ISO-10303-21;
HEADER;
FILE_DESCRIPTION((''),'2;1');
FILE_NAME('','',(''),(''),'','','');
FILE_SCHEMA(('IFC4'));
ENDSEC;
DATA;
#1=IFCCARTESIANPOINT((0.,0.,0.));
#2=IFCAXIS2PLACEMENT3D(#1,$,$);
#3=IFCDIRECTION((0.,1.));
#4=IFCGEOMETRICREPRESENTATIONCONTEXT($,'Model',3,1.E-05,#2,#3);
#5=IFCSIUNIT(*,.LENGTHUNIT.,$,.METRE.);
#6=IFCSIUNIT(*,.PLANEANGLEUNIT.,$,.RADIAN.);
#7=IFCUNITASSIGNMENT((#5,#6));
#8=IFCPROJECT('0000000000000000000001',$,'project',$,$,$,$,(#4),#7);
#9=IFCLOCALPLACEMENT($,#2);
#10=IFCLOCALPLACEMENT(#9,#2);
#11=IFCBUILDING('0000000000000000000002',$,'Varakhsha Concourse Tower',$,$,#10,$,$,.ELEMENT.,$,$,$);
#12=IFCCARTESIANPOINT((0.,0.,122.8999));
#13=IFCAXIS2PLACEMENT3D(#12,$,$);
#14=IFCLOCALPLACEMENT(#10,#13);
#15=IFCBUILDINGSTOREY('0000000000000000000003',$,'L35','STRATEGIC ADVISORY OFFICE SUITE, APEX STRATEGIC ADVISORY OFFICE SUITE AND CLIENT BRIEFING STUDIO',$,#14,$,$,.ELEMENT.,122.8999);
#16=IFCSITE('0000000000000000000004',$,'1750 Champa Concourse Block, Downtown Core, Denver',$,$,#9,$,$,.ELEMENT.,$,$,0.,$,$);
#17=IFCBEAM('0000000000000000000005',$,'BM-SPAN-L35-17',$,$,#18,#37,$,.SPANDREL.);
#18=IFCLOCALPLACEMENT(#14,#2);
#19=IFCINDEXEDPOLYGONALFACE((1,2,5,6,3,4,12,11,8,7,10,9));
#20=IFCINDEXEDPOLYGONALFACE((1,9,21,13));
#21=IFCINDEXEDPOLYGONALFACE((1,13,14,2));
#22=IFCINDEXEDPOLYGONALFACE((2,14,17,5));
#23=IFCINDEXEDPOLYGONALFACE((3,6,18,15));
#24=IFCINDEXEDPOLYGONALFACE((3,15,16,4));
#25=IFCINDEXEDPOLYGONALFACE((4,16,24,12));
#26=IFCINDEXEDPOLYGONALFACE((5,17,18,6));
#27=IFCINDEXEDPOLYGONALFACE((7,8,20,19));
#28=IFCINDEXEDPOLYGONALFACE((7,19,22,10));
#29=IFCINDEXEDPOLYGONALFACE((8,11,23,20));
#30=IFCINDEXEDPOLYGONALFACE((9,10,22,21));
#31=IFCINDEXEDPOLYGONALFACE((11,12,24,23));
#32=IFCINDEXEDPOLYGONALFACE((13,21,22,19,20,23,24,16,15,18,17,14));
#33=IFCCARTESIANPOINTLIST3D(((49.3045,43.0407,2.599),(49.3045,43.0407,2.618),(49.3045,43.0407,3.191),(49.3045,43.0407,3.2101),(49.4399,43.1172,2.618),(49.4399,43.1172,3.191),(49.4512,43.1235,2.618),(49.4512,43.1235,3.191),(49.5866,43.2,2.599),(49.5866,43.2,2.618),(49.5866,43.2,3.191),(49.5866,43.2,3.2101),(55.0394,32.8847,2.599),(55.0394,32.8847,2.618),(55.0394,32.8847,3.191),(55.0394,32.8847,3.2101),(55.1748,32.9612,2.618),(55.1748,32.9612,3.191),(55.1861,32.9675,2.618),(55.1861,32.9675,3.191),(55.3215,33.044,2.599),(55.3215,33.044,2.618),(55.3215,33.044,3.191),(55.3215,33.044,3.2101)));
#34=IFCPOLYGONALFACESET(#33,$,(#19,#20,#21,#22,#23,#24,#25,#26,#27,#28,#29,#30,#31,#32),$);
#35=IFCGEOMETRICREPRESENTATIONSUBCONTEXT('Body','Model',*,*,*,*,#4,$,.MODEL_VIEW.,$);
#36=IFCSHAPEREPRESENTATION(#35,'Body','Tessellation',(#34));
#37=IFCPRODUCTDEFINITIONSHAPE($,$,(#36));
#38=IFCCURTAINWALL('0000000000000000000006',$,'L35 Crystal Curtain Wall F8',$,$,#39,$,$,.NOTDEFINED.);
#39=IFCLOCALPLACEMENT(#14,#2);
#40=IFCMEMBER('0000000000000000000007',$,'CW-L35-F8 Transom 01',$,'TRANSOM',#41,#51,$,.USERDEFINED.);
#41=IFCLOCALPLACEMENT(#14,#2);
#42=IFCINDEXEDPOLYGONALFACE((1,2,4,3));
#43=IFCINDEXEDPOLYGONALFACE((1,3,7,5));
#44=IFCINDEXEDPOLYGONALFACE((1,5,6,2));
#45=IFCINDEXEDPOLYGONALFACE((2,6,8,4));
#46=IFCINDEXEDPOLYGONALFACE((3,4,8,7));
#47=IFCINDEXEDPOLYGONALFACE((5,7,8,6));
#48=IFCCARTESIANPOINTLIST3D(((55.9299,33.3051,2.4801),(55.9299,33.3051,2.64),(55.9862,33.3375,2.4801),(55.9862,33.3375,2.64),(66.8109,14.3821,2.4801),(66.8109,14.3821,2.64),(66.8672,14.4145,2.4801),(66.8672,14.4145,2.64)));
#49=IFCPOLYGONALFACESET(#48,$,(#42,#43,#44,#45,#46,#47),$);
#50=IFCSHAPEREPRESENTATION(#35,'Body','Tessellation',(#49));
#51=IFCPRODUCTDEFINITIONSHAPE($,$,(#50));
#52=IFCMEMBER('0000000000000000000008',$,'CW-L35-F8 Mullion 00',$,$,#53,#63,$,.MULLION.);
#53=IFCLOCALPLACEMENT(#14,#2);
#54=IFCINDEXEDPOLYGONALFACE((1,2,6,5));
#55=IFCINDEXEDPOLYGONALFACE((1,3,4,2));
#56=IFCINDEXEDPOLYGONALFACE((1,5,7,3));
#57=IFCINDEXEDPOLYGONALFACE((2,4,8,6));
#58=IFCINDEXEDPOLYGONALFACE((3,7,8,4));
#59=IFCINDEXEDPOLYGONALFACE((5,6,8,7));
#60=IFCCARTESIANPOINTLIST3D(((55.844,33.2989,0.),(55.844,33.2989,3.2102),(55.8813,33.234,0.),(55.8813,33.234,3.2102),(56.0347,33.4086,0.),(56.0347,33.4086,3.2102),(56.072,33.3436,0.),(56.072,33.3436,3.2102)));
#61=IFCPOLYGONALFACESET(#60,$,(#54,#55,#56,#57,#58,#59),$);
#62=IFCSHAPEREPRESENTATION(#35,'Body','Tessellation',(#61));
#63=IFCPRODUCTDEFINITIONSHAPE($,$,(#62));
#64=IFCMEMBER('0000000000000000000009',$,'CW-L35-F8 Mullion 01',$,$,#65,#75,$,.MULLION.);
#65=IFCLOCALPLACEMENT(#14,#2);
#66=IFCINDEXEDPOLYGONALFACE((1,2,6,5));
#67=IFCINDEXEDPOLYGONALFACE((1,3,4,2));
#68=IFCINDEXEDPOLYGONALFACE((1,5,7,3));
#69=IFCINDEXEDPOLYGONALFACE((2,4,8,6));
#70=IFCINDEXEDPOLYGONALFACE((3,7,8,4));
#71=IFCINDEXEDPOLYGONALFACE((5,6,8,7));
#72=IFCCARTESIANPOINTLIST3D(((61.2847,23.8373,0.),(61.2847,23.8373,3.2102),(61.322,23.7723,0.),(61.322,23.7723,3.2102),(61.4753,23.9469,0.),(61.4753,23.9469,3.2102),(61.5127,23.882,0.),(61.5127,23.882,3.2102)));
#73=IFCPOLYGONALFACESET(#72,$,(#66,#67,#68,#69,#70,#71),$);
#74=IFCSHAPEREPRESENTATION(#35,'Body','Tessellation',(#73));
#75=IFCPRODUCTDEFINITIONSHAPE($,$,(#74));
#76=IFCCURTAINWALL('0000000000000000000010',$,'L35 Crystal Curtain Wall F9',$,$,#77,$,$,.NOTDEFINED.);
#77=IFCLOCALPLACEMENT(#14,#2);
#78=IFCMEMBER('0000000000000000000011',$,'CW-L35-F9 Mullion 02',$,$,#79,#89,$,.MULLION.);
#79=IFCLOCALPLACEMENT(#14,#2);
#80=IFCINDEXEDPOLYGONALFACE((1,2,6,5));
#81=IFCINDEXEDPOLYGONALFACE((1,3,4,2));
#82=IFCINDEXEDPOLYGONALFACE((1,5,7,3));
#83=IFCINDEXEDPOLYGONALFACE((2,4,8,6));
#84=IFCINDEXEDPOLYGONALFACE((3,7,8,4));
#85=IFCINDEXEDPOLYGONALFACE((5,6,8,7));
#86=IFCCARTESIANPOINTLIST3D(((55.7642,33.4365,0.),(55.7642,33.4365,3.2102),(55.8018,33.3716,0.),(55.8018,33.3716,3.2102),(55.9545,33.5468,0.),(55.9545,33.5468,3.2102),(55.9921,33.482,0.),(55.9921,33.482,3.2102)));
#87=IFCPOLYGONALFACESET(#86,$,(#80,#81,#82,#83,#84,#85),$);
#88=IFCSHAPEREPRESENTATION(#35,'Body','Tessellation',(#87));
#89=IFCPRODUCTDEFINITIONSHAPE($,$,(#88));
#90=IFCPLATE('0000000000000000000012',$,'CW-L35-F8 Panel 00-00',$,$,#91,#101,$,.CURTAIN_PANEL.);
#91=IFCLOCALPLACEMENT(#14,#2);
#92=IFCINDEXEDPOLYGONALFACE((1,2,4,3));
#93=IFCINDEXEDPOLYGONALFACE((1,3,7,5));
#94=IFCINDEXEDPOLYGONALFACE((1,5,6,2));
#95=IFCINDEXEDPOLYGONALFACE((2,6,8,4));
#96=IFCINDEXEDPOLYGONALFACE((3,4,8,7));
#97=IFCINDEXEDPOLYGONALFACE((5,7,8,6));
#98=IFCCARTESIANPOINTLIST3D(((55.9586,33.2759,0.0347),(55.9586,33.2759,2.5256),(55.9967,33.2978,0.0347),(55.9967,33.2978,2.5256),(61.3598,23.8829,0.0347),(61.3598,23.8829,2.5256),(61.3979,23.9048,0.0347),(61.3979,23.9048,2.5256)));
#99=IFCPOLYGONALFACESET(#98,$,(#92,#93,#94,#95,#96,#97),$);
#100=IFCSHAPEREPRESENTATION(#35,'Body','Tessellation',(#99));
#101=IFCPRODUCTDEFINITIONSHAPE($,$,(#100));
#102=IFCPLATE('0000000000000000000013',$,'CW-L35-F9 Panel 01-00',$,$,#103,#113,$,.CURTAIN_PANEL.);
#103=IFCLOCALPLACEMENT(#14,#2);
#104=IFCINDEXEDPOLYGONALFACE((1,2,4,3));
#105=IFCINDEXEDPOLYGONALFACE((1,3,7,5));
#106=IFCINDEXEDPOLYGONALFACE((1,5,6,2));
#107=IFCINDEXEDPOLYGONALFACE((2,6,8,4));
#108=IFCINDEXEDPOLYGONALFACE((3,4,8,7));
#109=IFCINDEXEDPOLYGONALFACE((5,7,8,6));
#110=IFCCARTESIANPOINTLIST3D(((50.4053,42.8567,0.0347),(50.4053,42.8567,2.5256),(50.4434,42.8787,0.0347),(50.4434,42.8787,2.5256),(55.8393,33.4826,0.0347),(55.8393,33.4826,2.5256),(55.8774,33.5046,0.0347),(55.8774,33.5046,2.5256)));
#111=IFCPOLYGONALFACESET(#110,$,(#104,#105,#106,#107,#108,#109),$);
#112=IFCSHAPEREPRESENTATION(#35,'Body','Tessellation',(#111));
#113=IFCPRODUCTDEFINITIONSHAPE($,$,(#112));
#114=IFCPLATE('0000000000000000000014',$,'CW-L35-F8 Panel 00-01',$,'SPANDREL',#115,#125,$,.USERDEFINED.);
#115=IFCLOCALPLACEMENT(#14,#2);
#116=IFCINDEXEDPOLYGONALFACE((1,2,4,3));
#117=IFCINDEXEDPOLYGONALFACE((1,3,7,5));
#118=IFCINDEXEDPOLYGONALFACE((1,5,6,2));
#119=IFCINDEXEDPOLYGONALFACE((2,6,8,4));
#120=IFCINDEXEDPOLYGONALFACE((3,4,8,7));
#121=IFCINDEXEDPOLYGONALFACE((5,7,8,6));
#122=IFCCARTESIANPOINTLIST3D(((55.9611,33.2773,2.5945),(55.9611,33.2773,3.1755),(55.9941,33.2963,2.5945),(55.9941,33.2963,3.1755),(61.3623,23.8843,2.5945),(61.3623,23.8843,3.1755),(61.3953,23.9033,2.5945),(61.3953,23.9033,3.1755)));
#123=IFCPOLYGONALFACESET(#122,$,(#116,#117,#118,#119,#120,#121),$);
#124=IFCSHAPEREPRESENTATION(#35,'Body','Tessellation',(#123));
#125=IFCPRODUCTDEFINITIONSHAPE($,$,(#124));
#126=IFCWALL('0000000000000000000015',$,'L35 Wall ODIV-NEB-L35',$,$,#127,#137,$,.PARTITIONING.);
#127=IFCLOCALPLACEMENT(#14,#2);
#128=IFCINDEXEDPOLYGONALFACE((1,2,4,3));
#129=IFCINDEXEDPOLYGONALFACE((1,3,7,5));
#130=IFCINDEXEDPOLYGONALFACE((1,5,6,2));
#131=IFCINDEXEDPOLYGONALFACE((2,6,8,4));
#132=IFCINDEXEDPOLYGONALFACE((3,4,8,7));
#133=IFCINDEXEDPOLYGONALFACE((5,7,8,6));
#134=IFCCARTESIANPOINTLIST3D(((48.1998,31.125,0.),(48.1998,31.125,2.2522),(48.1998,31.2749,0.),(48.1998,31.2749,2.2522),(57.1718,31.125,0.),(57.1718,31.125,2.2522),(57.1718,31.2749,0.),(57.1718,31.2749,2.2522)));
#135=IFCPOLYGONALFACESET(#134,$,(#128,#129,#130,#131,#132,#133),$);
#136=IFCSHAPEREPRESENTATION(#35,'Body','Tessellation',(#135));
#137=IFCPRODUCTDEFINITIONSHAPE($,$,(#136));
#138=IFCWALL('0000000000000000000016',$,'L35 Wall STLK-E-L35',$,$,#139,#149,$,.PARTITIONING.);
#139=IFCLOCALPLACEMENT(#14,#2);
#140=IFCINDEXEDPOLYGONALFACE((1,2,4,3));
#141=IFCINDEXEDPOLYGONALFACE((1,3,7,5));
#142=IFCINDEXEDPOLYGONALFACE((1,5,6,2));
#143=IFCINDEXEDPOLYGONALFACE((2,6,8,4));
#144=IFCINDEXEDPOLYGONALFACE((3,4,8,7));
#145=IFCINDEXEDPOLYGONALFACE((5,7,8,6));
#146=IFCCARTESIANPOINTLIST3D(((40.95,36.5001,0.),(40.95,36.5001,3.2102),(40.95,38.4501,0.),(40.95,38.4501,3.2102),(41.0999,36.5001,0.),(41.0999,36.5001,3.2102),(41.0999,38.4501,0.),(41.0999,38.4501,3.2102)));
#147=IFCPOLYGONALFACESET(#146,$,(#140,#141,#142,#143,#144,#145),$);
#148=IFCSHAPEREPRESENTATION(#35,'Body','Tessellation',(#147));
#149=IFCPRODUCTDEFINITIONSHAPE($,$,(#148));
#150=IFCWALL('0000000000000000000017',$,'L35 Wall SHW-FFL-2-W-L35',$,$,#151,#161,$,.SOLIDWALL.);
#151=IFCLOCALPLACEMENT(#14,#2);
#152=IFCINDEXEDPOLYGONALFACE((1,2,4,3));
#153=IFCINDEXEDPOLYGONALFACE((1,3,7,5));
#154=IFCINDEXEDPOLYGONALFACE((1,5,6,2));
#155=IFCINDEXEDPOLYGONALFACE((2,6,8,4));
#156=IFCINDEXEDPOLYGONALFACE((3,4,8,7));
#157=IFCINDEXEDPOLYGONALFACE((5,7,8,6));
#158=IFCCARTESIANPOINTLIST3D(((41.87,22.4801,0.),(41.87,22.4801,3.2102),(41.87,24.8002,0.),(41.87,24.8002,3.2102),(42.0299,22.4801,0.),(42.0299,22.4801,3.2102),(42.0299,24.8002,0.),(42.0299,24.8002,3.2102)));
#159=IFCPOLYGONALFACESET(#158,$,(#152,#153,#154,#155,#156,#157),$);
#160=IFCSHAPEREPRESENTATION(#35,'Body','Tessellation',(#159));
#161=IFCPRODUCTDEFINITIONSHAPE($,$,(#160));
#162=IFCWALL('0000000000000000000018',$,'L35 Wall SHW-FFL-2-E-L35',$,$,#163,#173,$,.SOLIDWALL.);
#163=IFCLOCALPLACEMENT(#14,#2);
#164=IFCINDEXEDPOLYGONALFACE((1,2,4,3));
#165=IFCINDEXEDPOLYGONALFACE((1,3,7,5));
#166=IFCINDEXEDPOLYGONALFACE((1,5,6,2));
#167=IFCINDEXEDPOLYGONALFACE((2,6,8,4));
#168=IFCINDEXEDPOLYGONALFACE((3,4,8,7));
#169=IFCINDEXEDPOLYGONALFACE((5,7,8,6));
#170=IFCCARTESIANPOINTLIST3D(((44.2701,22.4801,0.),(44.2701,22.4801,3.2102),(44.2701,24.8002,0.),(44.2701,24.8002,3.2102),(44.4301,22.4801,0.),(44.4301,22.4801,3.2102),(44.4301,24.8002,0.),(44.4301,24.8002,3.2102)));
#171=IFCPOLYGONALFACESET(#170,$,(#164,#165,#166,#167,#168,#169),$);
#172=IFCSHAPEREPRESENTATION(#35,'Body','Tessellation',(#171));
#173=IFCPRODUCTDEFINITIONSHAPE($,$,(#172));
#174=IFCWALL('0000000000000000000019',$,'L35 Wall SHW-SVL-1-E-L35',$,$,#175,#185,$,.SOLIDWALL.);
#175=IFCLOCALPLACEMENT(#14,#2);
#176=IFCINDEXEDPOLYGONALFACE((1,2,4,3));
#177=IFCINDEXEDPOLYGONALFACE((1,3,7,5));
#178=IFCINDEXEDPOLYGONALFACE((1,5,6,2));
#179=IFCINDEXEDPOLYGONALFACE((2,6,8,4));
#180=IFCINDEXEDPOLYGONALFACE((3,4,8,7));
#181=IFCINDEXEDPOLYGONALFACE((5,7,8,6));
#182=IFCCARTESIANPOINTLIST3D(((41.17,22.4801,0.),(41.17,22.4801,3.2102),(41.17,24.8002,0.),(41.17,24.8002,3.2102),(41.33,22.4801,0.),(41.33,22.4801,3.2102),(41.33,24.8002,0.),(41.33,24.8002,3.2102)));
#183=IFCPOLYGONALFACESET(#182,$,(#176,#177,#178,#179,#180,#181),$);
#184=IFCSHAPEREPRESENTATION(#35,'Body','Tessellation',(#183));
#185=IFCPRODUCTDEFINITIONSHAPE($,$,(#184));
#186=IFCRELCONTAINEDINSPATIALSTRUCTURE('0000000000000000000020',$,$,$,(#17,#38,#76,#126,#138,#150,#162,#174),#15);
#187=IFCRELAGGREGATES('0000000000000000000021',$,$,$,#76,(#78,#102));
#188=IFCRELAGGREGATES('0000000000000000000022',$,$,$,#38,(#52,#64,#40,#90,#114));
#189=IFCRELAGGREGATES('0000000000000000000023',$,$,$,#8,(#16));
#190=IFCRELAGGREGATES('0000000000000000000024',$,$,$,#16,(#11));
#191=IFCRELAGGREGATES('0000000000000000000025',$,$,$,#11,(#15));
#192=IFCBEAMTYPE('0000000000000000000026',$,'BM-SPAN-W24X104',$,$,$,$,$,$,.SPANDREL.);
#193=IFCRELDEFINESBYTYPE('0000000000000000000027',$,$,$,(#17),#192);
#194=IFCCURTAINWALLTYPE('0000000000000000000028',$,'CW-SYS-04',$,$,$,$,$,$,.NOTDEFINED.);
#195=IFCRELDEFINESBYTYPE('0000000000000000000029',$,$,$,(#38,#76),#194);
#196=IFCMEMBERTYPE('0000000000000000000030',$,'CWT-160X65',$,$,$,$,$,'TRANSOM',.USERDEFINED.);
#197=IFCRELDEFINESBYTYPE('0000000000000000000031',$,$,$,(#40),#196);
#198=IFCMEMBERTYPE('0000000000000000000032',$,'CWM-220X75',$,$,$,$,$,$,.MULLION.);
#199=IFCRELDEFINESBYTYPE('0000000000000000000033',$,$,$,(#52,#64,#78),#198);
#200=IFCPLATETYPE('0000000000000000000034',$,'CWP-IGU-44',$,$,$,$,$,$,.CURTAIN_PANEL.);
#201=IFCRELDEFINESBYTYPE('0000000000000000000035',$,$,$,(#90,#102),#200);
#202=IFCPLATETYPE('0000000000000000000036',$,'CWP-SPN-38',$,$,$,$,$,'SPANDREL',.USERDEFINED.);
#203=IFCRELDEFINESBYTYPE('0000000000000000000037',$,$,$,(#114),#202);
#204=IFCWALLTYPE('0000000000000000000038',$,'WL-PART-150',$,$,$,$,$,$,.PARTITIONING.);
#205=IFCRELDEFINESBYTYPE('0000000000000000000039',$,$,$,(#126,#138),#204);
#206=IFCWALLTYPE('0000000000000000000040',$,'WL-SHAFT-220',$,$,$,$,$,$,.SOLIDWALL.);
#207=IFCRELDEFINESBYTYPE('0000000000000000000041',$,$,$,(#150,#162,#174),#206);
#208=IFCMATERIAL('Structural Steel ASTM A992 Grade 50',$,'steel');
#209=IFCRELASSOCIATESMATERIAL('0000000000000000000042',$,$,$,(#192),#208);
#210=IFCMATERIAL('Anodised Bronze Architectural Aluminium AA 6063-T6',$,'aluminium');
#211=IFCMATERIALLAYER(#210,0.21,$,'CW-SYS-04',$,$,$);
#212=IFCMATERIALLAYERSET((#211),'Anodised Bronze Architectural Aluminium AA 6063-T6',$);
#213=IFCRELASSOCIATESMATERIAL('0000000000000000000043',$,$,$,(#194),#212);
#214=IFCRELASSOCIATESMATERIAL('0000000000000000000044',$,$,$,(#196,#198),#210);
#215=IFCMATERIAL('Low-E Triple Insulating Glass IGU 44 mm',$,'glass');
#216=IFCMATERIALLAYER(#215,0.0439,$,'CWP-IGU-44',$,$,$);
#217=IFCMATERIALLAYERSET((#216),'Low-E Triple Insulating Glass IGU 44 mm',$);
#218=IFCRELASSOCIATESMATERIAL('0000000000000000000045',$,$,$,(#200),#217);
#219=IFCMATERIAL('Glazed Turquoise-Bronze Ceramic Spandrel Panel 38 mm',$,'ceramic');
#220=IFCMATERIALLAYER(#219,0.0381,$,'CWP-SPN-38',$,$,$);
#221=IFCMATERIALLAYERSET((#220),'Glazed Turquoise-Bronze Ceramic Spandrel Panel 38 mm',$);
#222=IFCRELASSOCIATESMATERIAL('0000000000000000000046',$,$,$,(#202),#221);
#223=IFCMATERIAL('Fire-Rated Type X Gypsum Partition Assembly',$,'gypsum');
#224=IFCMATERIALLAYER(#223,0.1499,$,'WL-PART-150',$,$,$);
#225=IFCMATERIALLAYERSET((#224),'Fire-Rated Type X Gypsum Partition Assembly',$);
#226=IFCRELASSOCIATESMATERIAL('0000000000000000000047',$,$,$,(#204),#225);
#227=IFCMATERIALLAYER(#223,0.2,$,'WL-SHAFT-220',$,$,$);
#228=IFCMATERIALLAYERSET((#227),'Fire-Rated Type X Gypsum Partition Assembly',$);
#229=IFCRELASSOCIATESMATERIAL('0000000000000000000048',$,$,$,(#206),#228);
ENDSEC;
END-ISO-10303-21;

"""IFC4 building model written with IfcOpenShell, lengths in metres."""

from ifc_helpers import new_model, si_unit, direction, frame, frame_2d, origin, origin_2d, place, context, subcontext, project, spatial, rectangle, i_section, extrude, source, transform, mapped, material, layer, layer_set, material_profile, profile_set, type_object, type_shapes, element, aggregate, save


model = new_model("IFC4")

# Units and contexts
model_context = context("Model", 3, precision=1e-05, world=origin(), true_north=direction((0.0, 1.0)))
body_context = subcontext(model_context, "Body", "Model", "MODEL_VIEW")
ifc_project = project(units=[si_unit("LENGTHUNIT", "METRE"), si_unit("PLANEANGLEUNIT", "RADIAN")], contexts=[model_context])

# Site, building, storey
site_placement = place(None, origin())
site = spatial("IfcSite", under=ifc_project, at=site_placement, Name="1750 Champa Concourse Block, Downtown Core, Denver", CompositionType="ELEMENT", RefElevation=0.0)
building_placement = place(site_placement, origin())
building = spatial("IfcBuilding", under=site, at=building_placement, Name="Varakhsha Concourse Tower", CompositionType="ELEMENT")
storey_placement = place(building_placement, frame((0.0, 0.0, 122.8999)))
storey = spatial("IfcBuildingStorey", under=building, at=storey_placement, Name="L35", Description="STRATEGIC ADVISORY OFFICE SUITE, APEX STRATEGIC ADVISORY OFFICE SUITE AND CLIENT BRIEFING STUDIO", CompositionType="ELEMENT", Elevation=122.8999)

# Shared definitions
ifc_material_1 = material(Name="Structural Steel ASTM A992 Grade 50", Category="steel")

# Beam
ifc_material_profile_1 = material_profile(ifc_material_1, i_section(OverallWidth=0.324, OverallDepth=0.6111, WebThickness=0.0129, FlangeThickness=0.019, at=origin_2d()), Name="W24X104")
ifc_profile_set_1 = profile_set([ifc_material_profile_1], Name="Structural Steel ASTM A992 Grade 50")
beam_type_1 = type_object("IfcBeamType", Name="BM-SPAN-W24X104", PredefinedType="SPANDREL", material=ifc_profile_set_1)
for number, where, z_axis, x_axis, name in (
    (1, (55.1804, 32.9644, 2.9045), (-0.491701, 0.870764, 0.0), (-0.870764, -0.491701, 0.0), "BM-SPAN-L35-17"),
):
    element("IfcBeam", number, at=place(storey_placement, frame(where, z_axis=z_axis, x_axis=x_axis)), inside=storey, type_object=beam_type_1, Name=name, PredefinedType="SPANDREL", context=body_context, shape_type="SweptSolid", body=[
        extrude(i_section(OverallWidth=0.324, OverallDepth=0.6111, WebThickness=0.0129, FlangeThickness=0.019, at=origin_2d()), origin(), (0.0, 0.0, 1.0), 11.6633),
    ])

# Curtain wall, members
ifc_material_2 = material(Name="Anodised Bronze Architectural Aluminium AA 6063-T6", Category="aluminium")
ifc_layer_1 = layer(ifc_material_2, 0.21, Name="CW-SYS-04")
ifc_layer_set_1 = layer_set([ifc_layer_1], Name="Anodised Bronze Architectural Aluminium AA 6063-T6")
curtain_wall_type = type_object("IfcCurtainWallType", Name="CW-SYS-04", PredefinedType="NOTDEFINED", material=ifc_layer_set_1)
curtain_wall_1_placement = place(storey_placement, origin())
curtain_wall_1 = element("IfcCurtainWall", 2, at=curtain_wall_1_placement, inside=storey, type_object=curtain_wall_type, Name="L35 Crystal Curtain Wall F8", PredefinedType="NOTDEFINED")
ifc_material_profile_2 = material_profile(ifc_material_2, rectangle(XDim=0.0649, YDim=0.1599, at=origin_2d()), Name="CWT-160X65")
ifc_profile_set_2 = profile_set([ifc_material_profile_2], Name="Anodised Bronze Architectural Aluminium AA 6063-T6")
member_type_1 = type_object("IfcMemberType", Name="CWT-160X65", ElementType="TRANSOM", PredefinedType="USERDEFINED", material=ifc_profile_set_2)
shared_shape_1 = source(origin(), body_context, "Body", "SweptSolid", [
    extrude(rectangle(XDim=0.0649, YDim=0.1599, at=origin_2d()), origin(), (0.0, 0.0, 1.0), 21.8284),
])
type_shapes(member_type_1, [shared_shape_1])
member_1_placement = place(storey_placement, frame((55.958, 33.3213, 2.5601), z_axis=(0.498482, -0.8669, 0.0), x_axis=(0.8669, 0.498482, 0.0)))
member_1 = element("IfcMember", 3, at=member_1_placement, type_object=member_type_1, Name="CW-L35-F8 Transom 01", ObjectType="TRANSOM", PredefinedType="USERDEFINED", context=body_context, shape_type="MappedRepresentation", body=[
    mapped(shared_shape_1, transform((0.0, 0.0, 0.0), scale=1.0)),
])
ifc_material_profile_3 = material_profile(ifc_material_2, rectangle(XDim=0.075, YDim=0.22, at=origin_2d()), Name="CWM-220X75")
ifc_profile_set_3 = profile_set([ifc_material_profile_3], Name="Anodised Bronze Architectural Aluminium AA 6063-T6")
member_type_2 = type_object("IfcMemberType", Name="CWM-220X75", PredefinedType="MULLION", material=ifc_profile_set_3)
shared_shape_2 = source(origin(), body_context, "Body", "SweptSolid", [
    extrude(rectangle(XDim=0.075, YDim=0.22, at=origin_2d()), origin(), (0.0, 0.0, 1.0), 3.2102),
])
type_shapes(member_type_2, [shared_shape_2])
member_2_placement = place(storey_placement, frame((55.958, 33.3213, 0.0), z_axis=(0.0, 0.0, 1.0), x_axis=(0.498489, -0.866896, 0.0)))
member_2 = element("IfcMember", 4, at=member_2_placement, type_object=member_type_2, Name="CW-L35-F8 Mullion 00", PredefinedType="MULLION", context=body_context, shape_type="MappedRepresentation", body=[
    mapped(shared_shape_2, transform((0.0, 0.0, 0.0), scale=1.0)),
])
member_3_placement = place(storey_placement, frame((61.3987, 23.8596, 0.0), z_axis=(0.0, 0.0, 1.0), x_axis=(0.498489, -0.866896, 0.0)))
member_3 = element("IfcMember", 5, at=member_3_placement, type_object=member_type_2, Name="CW-L35-F8 Mullion 01", PredefinedType="MULLION", context=body_context, shape_type="MappedRepresentation", body=[
    mapped(shared_shape_2, transform((0.0, 0.0, 0.0), scale=1.0)),
])

# Curtain wall, member
curtain_wall_2_placement = place(storey_placement, origin())
curtain_wall_2 = element("IfcCurtainWall", 6, at=curtain_wall_2_placement, inside=storey, type_object=curtain_wall_type, Name="L35 Crystal Curtain Wall F9", PredefinedType="NOTDEFINED")
member_4_placement = place(storey_placement, frame((55.8782, 33.4592, 0.0), z_axis=(0.0, 0.0, 1.0), x_axis=(0.501514, -0.86515, 0.0)))
member_4 = element("IfcMember", 7, at=member_4_placement, type_object=member_type_2, Name="CW-L35-F9 Mullion 02", PredefinedType="MULLION", context=body_context, shape_type="MappedRepresentation", body=[
    mapped(shared_shape_2, transform((0.0, 0.0, 0.0), scale=1.0)),
])

# Plates
ifc_material_3 = material(Name="Low-E Triple Insulating Glass IGU 44 mm", Category="glass")
ifc_layer_2 = layer(ifc_material_3, 0.0439, Name="CWP-IGU-44")
ifc_layer_set_2 = layer_set([ifc_layer_2], Name="Low-E Triple Insulating Glass IGU 44 mm")
plate_type_1 = type_object("IfcPlateType", Name="CWP-IGU-44", PredefinedType="CURTAIN_PANEL", material=ifc_layer_set_2)
shared_shape_3 = source(origin(), body_context, "Body", "SweptSolid", [
    extrude(rectangle(XDim=10.8352, YDim=0.0439, at=origin_2d()), origin(), (0.0, 0.0, 1.0), 2.491),
])
type_shapes(plate_type_1, [shared_shape_3])
plate_1_placement = place(storey_placement, frame((58.6782, 28.5903, 0.0347), z_axis=(0.0, 0.0, 1.0), x_axis=(0.498489, -0.866896, 0.0)))
plate_1 = element("IfcPlate", 8, at=plate_1_placement, type_object=plate_type_1, Name="CW-L35-F8 Panel 00-00", PredefinedType="CURTAIN_PANEL", context=body_context, shape_type="MappedRepresentation", body=[
    mapped(shared_shape_3, transform((0.0, 0.0, 0.0), scale=1.0)),
])
plate_2_placement = place(storey_placement, frame((53.1414, 38.1807, 0.0347), z_axis=(0.0, 0.0, 1.0), x_axis=(0.501514, -0.86515, 0.0)))
plate_2 = element("IfcPlate", 9, at=plate_2_placement, type_object=plate_type_1, Name="CW-L35-F9 Panel 01-00", PredefinedType="CURTAIN_PANEL", context=body_context, shape_type="MappedRepresentation", body=[
    mapped(shared_shape_3, transform((0.0, 0.0, 0.0), scale=1.0)),
])
aggregate(curtain_wall_2, [member_4, plate_2])
ifc_material_4 = material(Name="Glazed Turquoise-Bronze Ceramic Spandrel Panel 38 mm", Category="ceramic")
ifc_layer_3 = layer(ifc_material_4, 0.0381, Name="CWP-SPN-38")
ifc_layer_set_3 = layer_set([ifc_layer_3], Name="Glazed Turquoise-Bronze Ceramic Spandrel Panel 38 mm")
plate_type_2 = type_object("IfcPlateType", Name="CWP-SPN-38", ElementType="SPANDREL", PredefinedType="USERDEFINED", material=ifc_layer_set_3)
shared_shape_4 = source(origin(), body_context, "Body", "SweptSolid", [
    extrude(rectangle(XDim=10.8352, YDim=0.0381, at=origin_2d()), origin(), (0.0, 0.0, 1.0), 0.5811),
])
type_shapes(plate_type_2, [shared_shape_4])
plate_3_placement = place(storey_placement, frame((58.6782, 28.5903, 2.5945), z_axis=(0.0, 0.0, 1.0), x_axis=(0.498489, -0.866896, 0.0)))
plate_3 = element("IfcPlate", 10, at=plate_3_placement, type_object=plate_type_2, Name="CW-L35-F8 Panel 00-01", ObjectType="SPANDREL", PredefinedType="USERDEFINED", context=body_context, shape_type="MappedRepresentation", body=[
    mapped(shared_shape_4, transform((0.0, 0.0, 0.0), scale=1.0)),
])
aggregate(curtain_wall_1, [member_2, member_3, member_1, plate_1, plate_3])

# Walls
ifc_material_5 = material(Name="Fire-Rated Type X Gypsum Partition Assembly", Category="gypsum")
ifc_layer_4 = layer(ifc_material_5, 0.1499, Name="WL-PART-150")
ifc_layer_set_4 = layer_set([ifc_layer_4], Name="Fire-Rated Type X Gypsum Partition Assembly")
wall_type_1 = type_object("IfcWallType", Name="WL-PART-150", PredefinedType="PARTITIONING", material=ifc_layer_set_4)
wall_1_placement = place(storey_placement, frame((48.2, 31.2, 0.0), z_axis=(0.0, 0.0, 1.0), x_axis=(1.0, 0.0, 0.0)))
element("IfcWall", 11, at=wall_1_placement, inside=storey, type_object=wall_type_1, Name="L35 Wall ODIV-NEB-L35", PredefinedType="PARTITIONING", context=body_context, shape_type="SweptSolid", body=[
    extrude(rectangle(XDim=8.9719, YDim=0.1499, at=frame_2d((4.4858, 0.0))), origin(), (0.0, 0.0, 1.0), 2.2522),
])
wall_2_placement = place(storey_placement, frame((41.0249, 36.5, 0.0), z_axis=(0.0, 0.0, 1.0), x_axis=(0.0, 1.0, 0.0)))
element("IfcWall", 12, at=wall_2_placement, inside=storey, type_object=wall_type_1, Name="L35 Wall STLK-E-L35", PredefinedType="PARTITIONING", context=body_context, shape_type="SweptSolid", body=[
    extrude(rectangle(XDim=1.95, YDim=0.1499, at=frame_2d((0.9751, 0.0))), origin(), (0.0, 0.0, 1.0), 3.2102),
])
ifc_layer_5 = layer(ifc_material_5, 0.2, Name="WL-SHAFT-220")
ifc_layer_set_5 = layer_set([ifc_layer_5], Name="Fire-Rated Type X Gypsum Partition Assembly")
wall_type_2 = type_object("IfcWallType", Name="WL-SHAFT-220", PredefinedType="SOLIDWALL", material=ifc_layer_set_5)
for number, where, z_axis, x_axis, name in (
    (13, (41.95, 22.48, 0.0), (0.0, 0.0, 1.0), (0.0, 1.0, 0.0), "L35 Wall SHW-FFL-2-W-L35"),
    (14, (44.3501, 22.48, 0.0), (0.0, 0.0, 1.0), (0.0, 1.0, 0.0), "L35 Wall SHW-FFL-2-E-L35"),
    (15, (41.25, 22.48, 0.0), (0.0, 0.0, 1.0), (0.0, 1.0, 0.0), "L35 Wall SHW-SVL-1-E-L35"),
):
    element("IfcWall", number, at=place(storey_placement, frame(where, z_axis=z_axis, x_axis=x_axis)), inside=storey, type_object=wall_type_2, Name=name, PredefinedType="SOLIDWALL", context=body_context, shape_type="SweptSolid", body=[
        extrude(rectangle(XDim=2.3201, YDim=0.1599, at=frame_2d((1.1602, 0.0))), origin(), (0.0, 0.0, 1.0), 3.2102),
    ])

save(model, "model.ifc")
